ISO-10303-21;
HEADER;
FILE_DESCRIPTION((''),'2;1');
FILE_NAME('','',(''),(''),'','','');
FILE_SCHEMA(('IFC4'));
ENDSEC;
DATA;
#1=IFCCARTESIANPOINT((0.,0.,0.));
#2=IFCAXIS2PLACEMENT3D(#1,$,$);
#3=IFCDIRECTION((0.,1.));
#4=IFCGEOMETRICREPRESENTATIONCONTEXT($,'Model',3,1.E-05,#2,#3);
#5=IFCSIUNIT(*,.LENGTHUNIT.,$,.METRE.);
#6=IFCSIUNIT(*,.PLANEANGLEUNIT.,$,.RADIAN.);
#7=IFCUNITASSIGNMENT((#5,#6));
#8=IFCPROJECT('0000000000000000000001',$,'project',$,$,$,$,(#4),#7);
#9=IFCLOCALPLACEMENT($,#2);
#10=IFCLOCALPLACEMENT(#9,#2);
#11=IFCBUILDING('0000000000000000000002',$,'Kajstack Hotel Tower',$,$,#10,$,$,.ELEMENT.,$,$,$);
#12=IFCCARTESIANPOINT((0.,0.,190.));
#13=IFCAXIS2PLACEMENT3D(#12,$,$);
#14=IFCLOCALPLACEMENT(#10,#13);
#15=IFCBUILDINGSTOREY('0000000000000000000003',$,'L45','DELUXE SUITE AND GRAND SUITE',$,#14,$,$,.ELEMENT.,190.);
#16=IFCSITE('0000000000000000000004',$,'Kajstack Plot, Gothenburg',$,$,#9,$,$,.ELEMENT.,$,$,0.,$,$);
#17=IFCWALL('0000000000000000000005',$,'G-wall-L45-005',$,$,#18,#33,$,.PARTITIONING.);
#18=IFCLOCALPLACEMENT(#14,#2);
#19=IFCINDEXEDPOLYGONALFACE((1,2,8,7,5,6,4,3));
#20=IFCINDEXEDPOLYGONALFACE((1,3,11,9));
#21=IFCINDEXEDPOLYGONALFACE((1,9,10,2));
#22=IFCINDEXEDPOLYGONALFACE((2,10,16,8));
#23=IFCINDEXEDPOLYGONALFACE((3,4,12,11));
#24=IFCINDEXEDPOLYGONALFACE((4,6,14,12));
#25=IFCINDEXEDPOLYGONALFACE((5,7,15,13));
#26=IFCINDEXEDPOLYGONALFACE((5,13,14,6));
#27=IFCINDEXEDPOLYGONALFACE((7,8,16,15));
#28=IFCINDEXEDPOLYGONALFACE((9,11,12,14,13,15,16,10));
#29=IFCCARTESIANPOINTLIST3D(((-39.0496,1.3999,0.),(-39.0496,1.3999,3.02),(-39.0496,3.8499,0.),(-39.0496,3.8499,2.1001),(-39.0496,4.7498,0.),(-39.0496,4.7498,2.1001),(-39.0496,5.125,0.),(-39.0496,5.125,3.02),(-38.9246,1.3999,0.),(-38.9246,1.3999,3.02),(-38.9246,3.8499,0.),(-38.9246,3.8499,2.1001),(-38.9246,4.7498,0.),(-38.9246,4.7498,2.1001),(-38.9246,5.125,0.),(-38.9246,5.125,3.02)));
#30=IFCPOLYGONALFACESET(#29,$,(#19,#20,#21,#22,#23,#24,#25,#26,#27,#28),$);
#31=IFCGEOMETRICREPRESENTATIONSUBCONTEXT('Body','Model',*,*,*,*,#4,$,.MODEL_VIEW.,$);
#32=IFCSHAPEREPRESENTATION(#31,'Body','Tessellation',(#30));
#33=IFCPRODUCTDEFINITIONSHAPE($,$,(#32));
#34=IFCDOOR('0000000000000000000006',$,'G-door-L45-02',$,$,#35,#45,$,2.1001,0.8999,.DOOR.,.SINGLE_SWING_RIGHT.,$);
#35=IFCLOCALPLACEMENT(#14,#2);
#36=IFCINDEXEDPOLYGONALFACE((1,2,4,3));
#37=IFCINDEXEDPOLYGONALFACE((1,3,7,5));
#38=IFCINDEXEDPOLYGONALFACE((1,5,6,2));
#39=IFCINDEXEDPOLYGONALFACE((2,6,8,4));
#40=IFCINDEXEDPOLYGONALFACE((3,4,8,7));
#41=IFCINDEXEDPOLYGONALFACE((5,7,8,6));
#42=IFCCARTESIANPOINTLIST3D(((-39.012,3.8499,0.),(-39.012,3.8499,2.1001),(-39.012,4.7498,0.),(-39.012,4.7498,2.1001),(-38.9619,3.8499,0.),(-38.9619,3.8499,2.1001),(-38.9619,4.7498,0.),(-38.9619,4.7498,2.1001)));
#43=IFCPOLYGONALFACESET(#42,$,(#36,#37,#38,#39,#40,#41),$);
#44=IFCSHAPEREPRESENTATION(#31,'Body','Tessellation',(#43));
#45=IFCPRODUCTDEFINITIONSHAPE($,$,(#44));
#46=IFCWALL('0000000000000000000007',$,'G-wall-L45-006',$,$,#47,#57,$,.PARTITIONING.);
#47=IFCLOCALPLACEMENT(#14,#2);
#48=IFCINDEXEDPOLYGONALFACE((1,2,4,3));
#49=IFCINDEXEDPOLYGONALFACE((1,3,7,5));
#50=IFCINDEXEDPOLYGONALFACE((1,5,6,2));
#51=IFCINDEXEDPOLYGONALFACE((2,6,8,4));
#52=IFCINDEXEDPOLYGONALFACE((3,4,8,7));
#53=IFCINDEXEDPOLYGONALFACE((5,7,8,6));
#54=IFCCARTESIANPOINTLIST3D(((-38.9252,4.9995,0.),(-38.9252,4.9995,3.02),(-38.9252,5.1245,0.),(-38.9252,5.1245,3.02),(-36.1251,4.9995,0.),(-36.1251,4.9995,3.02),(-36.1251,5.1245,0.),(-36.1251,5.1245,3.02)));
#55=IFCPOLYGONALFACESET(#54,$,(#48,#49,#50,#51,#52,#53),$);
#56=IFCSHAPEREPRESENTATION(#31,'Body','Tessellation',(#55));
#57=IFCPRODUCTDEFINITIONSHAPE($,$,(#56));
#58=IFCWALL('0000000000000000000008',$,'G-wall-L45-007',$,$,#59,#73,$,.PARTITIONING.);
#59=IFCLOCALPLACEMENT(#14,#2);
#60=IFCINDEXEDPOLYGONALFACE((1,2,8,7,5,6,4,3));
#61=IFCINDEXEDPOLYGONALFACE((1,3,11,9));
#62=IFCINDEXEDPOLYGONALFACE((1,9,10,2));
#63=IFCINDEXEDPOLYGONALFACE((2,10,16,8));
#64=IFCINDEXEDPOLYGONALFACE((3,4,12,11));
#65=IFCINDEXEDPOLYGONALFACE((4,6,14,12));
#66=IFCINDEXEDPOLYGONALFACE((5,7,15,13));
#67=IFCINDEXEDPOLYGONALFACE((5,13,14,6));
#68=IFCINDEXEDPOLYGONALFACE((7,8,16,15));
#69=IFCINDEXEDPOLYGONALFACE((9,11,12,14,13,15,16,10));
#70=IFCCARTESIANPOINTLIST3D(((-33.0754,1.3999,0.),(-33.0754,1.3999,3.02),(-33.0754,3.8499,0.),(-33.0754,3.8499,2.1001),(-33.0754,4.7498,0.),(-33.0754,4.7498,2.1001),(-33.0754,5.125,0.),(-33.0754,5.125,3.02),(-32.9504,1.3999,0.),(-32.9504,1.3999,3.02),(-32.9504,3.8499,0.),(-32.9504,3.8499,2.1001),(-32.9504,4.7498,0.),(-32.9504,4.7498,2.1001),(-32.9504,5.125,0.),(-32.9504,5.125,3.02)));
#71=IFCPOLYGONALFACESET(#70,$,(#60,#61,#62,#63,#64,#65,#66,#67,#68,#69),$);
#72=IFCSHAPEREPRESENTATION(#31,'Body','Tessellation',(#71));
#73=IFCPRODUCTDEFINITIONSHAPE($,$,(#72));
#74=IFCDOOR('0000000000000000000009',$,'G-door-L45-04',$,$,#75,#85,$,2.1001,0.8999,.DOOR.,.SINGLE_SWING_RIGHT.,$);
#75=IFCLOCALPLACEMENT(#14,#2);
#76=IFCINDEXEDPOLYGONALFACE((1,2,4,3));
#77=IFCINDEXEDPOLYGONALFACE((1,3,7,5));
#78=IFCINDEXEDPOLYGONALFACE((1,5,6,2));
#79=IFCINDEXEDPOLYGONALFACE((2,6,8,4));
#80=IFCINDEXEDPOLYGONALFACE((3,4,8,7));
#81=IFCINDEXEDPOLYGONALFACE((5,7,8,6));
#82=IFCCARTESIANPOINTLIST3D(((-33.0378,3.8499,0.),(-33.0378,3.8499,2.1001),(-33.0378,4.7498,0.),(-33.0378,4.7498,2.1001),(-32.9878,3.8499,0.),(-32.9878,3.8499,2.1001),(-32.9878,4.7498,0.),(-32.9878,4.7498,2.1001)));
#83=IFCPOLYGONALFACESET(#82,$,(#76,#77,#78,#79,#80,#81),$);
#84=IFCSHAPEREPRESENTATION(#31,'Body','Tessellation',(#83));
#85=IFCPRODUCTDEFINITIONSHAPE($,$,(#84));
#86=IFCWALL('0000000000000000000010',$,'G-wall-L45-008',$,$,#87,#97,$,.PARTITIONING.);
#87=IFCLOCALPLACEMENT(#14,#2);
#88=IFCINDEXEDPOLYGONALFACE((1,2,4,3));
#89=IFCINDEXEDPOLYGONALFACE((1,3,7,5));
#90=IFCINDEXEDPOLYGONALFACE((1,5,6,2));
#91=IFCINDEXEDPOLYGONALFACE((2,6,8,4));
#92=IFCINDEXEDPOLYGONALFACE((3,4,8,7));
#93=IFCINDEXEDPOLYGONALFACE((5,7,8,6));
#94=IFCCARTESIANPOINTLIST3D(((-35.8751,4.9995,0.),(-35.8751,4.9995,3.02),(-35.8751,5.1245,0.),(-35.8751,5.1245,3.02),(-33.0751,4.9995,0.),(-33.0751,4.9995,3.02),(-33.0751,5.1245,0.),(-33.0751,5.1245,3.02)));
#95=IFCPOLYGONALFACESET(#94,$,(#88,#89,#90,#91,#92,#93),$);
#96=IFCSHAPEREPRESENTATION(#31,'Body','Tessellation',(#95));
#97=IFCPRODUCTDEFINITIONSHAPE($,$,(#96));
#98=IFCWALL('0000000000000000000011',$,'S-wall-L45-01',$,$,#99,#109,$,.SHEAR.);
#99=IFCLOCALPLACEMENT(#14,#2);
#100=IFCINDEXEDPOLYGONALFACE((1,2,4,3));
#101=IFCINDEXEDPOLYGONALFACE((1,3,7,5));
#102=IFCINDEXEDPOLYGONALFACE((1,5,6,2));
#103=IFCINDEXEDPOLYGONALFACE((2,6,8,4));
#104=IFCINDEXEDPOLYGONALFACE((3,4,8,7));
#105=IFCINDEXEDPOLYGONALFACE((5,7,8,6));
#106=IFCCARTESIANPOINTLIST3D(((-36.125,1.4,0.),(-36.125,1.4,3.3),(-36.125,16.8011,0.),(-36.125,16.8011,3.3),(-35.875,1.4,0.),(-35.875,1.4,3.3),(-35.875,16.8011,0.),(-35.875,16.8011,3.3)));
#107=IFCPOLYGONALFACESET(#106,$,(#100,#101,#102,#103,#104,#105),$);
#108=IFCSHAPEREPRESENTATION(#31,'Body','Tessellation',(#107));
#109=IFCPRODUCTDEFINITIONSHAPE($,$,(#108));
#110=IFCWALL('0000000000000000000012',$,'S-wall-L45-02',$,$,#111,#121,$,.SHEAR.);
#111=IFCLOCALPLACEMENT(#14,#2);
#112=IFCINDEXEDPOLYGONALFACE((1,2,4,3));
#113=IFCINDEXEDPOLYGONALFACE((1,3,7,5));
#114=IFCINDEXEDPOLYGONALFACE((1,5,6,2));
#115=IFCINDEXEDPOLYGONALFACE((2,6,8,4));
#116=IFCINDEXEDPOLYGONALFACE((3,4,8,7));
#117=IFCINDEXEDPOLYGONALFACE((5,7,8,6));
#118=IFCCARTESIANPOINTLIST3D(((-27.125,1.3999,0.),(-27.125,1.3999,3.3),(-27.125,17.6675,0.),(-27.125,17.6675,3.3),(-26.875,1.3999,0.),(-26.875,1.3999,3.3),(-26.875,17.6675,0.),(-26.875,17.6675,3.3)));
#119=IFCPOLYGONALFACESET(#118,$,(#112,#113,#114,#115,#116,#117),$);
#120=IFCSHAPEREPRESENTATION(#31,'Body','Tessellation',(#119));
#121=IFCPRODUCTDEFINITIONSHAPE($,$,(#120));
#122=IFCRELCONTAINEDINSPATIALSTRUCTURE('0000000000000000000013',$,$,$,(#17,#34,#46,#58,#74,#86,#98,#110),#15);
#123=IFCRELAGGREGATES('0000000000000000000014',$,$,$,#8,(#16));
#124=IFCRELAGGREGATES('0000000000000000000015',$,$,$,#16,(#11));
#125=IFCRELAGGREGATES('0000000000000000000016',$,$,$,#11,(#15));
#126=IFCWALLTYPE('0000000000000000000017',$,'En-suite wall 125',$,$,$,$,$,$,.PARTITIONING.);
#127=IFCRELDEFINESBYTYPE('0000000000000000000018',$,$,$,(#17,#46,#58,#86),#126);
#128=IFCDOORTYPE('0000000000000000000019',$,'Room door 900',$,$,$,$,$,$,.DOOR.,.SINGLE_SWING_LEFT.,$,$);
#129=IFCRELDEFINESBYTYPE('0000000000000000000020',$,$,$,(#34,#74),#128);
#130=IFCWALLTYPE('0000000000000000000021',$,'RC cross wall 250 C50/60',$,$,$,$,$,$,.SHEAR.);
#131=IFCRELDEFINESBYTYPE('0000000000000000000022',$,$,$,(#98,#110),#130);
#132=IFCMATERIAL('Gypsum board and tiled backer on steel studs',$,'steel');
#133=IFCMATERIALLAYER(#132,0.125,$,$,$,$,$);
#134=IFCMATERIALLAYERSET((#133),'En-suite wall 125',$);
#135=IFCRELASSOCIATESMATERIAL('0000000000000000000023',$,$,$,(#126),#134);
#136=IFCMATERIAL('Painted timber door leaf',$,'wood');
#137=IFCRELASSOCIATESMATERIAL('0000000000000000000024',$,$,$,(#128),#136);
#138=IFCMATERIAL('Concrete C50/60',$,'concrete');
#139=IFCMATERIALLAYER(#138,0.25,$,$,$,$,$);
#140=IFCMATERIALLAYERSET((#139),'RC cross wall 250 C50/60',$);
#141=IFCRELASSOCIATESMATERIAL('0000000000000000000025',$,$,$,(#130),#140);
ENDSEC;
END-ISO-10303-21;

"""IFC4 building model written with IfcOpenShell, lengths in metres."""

from ifc_helpers import new_model, si_unit, direction, frame, frame_2d, origin, place, context, subcontext, project, spatial, rectangle, extrude, material, layer, layer_set, type_object, element, fill, save


model = new_model("IFC4")

# Units and contexts
model_context = context("Model", 3, precision=1e-05, world=origin(), true_north=direction((0.0, 1.0)))
body_context = subcontext(model_context, "Body", "Model", "MODEL_VIEW")
ifc_project = project(units=[si_unit("LENGTHUNIT", "METRE"), si_unit("PLANEANGLEUNIT", "RADIAN")], contexts=[model_context])

# Site, building, storey
site_placement = place(None, origin())
site = spatial("IfcSite", under=ifc_project, at=site_placement, Name="Kajstack Plot, Gothenburg", CompositionType="ELEMENT", RefElevation=0.0)
building_placement = place(site_placement, origin())
building = spatial("IfcBuilding", under=site, at=building_placement, Name="Kajstack Hotel Tower", CompositionType="ELEMENT")
storey_placement = place(building_placement, frame((0.0, 0.0, 190.0)))
storey = spatial("IfcBuildingStorey", under=building, at=storey_placement, Name="L45", Description="DELUXE SUITE AND GRAND SUITE", CompositionType="ELEMENT", Elevation=190.0)

# Wall, opening, door
ifc_material_1 = material(Name="Gypsum board and tiled backer on steel studs", Category="steel")
ifc_layer_1 = layer(ifc_material_1, 0.125)
ifc_layer_set_1 = layer_set([ifc_layer_1], Name="En-suite wall 125")
wall_type_1 = type_object("IfcWallType", Name="En-suite wall 125", PredefinedType="PARTITIONING", material=ifc_layer_set_1)
wall_1_placement = place(storey_placement, frame((-38.9871, 1.3999, 0.0), z_axis=(0.0, 0.0, 1.0), x_axis=(0.0, 1.0, 0.0)))
wall_1 = element("IfcWall", 1, at=wall_1_placement, inside=storey, type_object=wall_type_1, Name="G-wall-L45-005", PredefinedType="PARTITIONING", context=body_context, shape_type="SweptSolid", body=[
    extrude(rectangle(XDim=3.7251, YDim=0.125, at=frame_2d((1.8625, 0.0))), origin(), (0.0, 0.0, 1.0), 3.02),
])
opening_1_placement = place(wall_1_placement, frame((2.45, 0.0, 0.0)))
opening_1 = element("IfcOpeningElement", 2, at=opening_1_placement, cuts=wall_1, PredefinedType="OPENING", context=body_context, shape_type="SweptSolid", body=[
    extrude(rectangle(XDim=0.8999, YDim=2.1001, at=frame_2d((0.45, 1.05))), frame((0.0, 0.0725, 0.0), z_axis=(0.0, -1.0, 0.0), x_axis=(1.0, 0.0, 0.0)), (0.0, 0.0, 1.0), 0.145),
])
ifc_material_2 = material(Name="Painted timber door leaf", Category="wood")
door_type = type_object("IfcDoorType", Name="Room door 900", OperationType="SINGLE_SWING_LEFT", PredefinedType="DOOR", material=ifc_material_2)
door_1_placement = place(opening_1_placement, origin())
door_1 = element("IfcDoor", 3, at=door_1_placement, inside=storey, type_object=door_type, Name="G-door-L45-02", OperationType="SINGLE_SWING_RIGHT", OverallHeight=2.1001, OverallWidth=0.8999, PredefinedType="DOOR", context=body_context, shape_type="SweptSolid", body=[
    extrude(rectangle(XDim=0.8999, YDim=2.1001, at=frame_2d((0.45, 1.05))), frame((0.0, 0.0249, 0.0), z_axis=(0.0, -1.0, 0.0), x_axis=(1.0, 0.0, 0.0)), (0.0, 0.0, 1.0), 0.05),
])
fill(opening_1, door_1)

# Wall
wall_2_placement = place(storey_placement, frame((-38.925, 5.062, 0.0), z_axis=(0.0, 0.0, 1.0), x_axis=(1.0, 0.0, 0.0)))
element("IfcWall", 4, at=wall_2_placement, inside=storey, type_object=wall_type_1, Name="G-wall-L45-006", PredefinedType="PARTITIONING", context=body_context, shape_type="SweptSolid", body=[
    extrude(rectangle(XDim=2.8, YDim=0.125, at=frame_2d((1.3999, 0.0))), origin(), (0.0, 0.0, 1.0), 3.02),
])

# Wall, opening, door
wall_3_placement = place(storey_placement, frame((-33.0129, 1.3999, 0.0), z_axis=(0.0, 0.0, 1.0), x_axis=(0.0, 1.0, 0.0)))
wall_3 = element("IfcWall", 5, at=wall_3_placement, inside=storey, type_object=wall_type_1, Name="G-wall-L45-007", PredefinedType="PARTITIONING", context=body_context, shape_type="SweptSolid", body=[
    extrude(rectangle(XDim=3.7251, YDim=0.125, at=frame_2d((1.8625, 0.0))), origin(), (0.0, 0.0, 1.0), 3.02),
])
opening_2_placement = place(wall_3_placement, frame((2.45, 0.0, 0.0)))
opening_2 = element("IfcOpeningElement", 6, at=opening_2_placement, cuts=wall_3, PredefinedType="OPENING", context=body_context, shape_type="SweptSolid", body=[
    extrude(rectangle(XDim=0.8999, YDim=2.1001, at=frame_2d((0.45, 1.05))), frame((0.0, 0.0725, 0.0), z_axis=(0.0, -1.0, 0.0), x_axis=(1.0, 0.0, 0.0)), (0.0, 0.0, 1.0), 0.145),
])
door_2_placement = place(opening_2_placement, origin())
door_2 = element("IfcDoor", 7, at=door_2_placement, inside=storey, type_object=door_type, Name="G-door-L45-04", OperationType="SINGLE_SWING_RIGHT", OverallHeight=2.1001, OverallWidth=0.8999, PredefinedType="DOOR", context=body_context, shape_type="SweptSolid", body=[
    extrude(rectangle(XDim=0.8999, YDim=2.1001, at=frame_2d((0.45, 1.05))), frame((0.0, 0.0249, 0.0), z_axis=(0.0, -1.0, 0.0), x_axis=(1.0, 0.0, 0.0)), (0.0, 0.0, 1.0), 0.05),
])
fill(opening_2, door_2)

# Walls
wall_4_placement = place(storey_placement, frame((-35.875, 5.062, 0.0), z_axis=(0.0, 0.0, 1.0), x_axis=(1.0, 0.0, 0.0)))
element("IfcWall", 8, at=wall_4_placement, inside=storey, type_object=wall_type_1, Name="G-wall-L45-008", PredefinedType="PARTITIONING", context=body_context, shape_type="SweptSolid", body=[
    extrude(rectangle(XDim=2.8, YDim=0.125, at=frame_2d((1.3999, 0.0))), origin(), (0.0, 0.0, 1.0), 3.02),
])
ifc_material_3 = material(Name="Concrete C50/60", Category="concrete")
ifc_layer_2 = layer(ifc_material_3, 0.25)
ifc_layer_set_2 = layer_set([ifc_layer_2], Name="RC cross wall 250 C50/60")
wall_type_2 = type_object("IfcWallType", Name="RC cross wall 250 C50/60", PredefinedType="SHEAR", material=ifc_layer_set_2)
wall_5_placement = place(storey_placement, frame((-36.0, 1.3999, 0.0), z_axis=(0.0, 0.0, 1.0), x_axis=(0.0, 1.0, 0.0)))
element("IfcWall", 9, at=wall_5_placement, inside=storey, type_object=wall_type_2, Name="S-wall-L45-01", PredefinedType="SHEAR", context=body_context, shape_type="SweptSolid", body=[
    extrude(rectangle(XDim=15.4011, YDim=0.25, at=frame_2d((7.7007, 0.0))), origin(), (0.0, 0.0, 1.0), 3.3),
])
wall_6_placement = place(storey_placement, frame((-27.0, 1.3999, 0.0), z_axis=(0.0, 0.0, 1.0), x_axis=(0.0, 1.0, 0.0)))
element("IfcWall", 10, at=wall_6_placement, inside=storey, type_object=wall_type_2, Name="S-wall-L45-02", PredefinedType="SHEAR", context=body_context, shape_type="SweptSolid", body=[
    extrude(rectangle(XDim=16.2676, YDim=0.25, at=frame_2d((8.1338, 0.0))), origin(), (0.0, 0.0, 1.0), 3.3),
])

save(model, "model.ifc")
